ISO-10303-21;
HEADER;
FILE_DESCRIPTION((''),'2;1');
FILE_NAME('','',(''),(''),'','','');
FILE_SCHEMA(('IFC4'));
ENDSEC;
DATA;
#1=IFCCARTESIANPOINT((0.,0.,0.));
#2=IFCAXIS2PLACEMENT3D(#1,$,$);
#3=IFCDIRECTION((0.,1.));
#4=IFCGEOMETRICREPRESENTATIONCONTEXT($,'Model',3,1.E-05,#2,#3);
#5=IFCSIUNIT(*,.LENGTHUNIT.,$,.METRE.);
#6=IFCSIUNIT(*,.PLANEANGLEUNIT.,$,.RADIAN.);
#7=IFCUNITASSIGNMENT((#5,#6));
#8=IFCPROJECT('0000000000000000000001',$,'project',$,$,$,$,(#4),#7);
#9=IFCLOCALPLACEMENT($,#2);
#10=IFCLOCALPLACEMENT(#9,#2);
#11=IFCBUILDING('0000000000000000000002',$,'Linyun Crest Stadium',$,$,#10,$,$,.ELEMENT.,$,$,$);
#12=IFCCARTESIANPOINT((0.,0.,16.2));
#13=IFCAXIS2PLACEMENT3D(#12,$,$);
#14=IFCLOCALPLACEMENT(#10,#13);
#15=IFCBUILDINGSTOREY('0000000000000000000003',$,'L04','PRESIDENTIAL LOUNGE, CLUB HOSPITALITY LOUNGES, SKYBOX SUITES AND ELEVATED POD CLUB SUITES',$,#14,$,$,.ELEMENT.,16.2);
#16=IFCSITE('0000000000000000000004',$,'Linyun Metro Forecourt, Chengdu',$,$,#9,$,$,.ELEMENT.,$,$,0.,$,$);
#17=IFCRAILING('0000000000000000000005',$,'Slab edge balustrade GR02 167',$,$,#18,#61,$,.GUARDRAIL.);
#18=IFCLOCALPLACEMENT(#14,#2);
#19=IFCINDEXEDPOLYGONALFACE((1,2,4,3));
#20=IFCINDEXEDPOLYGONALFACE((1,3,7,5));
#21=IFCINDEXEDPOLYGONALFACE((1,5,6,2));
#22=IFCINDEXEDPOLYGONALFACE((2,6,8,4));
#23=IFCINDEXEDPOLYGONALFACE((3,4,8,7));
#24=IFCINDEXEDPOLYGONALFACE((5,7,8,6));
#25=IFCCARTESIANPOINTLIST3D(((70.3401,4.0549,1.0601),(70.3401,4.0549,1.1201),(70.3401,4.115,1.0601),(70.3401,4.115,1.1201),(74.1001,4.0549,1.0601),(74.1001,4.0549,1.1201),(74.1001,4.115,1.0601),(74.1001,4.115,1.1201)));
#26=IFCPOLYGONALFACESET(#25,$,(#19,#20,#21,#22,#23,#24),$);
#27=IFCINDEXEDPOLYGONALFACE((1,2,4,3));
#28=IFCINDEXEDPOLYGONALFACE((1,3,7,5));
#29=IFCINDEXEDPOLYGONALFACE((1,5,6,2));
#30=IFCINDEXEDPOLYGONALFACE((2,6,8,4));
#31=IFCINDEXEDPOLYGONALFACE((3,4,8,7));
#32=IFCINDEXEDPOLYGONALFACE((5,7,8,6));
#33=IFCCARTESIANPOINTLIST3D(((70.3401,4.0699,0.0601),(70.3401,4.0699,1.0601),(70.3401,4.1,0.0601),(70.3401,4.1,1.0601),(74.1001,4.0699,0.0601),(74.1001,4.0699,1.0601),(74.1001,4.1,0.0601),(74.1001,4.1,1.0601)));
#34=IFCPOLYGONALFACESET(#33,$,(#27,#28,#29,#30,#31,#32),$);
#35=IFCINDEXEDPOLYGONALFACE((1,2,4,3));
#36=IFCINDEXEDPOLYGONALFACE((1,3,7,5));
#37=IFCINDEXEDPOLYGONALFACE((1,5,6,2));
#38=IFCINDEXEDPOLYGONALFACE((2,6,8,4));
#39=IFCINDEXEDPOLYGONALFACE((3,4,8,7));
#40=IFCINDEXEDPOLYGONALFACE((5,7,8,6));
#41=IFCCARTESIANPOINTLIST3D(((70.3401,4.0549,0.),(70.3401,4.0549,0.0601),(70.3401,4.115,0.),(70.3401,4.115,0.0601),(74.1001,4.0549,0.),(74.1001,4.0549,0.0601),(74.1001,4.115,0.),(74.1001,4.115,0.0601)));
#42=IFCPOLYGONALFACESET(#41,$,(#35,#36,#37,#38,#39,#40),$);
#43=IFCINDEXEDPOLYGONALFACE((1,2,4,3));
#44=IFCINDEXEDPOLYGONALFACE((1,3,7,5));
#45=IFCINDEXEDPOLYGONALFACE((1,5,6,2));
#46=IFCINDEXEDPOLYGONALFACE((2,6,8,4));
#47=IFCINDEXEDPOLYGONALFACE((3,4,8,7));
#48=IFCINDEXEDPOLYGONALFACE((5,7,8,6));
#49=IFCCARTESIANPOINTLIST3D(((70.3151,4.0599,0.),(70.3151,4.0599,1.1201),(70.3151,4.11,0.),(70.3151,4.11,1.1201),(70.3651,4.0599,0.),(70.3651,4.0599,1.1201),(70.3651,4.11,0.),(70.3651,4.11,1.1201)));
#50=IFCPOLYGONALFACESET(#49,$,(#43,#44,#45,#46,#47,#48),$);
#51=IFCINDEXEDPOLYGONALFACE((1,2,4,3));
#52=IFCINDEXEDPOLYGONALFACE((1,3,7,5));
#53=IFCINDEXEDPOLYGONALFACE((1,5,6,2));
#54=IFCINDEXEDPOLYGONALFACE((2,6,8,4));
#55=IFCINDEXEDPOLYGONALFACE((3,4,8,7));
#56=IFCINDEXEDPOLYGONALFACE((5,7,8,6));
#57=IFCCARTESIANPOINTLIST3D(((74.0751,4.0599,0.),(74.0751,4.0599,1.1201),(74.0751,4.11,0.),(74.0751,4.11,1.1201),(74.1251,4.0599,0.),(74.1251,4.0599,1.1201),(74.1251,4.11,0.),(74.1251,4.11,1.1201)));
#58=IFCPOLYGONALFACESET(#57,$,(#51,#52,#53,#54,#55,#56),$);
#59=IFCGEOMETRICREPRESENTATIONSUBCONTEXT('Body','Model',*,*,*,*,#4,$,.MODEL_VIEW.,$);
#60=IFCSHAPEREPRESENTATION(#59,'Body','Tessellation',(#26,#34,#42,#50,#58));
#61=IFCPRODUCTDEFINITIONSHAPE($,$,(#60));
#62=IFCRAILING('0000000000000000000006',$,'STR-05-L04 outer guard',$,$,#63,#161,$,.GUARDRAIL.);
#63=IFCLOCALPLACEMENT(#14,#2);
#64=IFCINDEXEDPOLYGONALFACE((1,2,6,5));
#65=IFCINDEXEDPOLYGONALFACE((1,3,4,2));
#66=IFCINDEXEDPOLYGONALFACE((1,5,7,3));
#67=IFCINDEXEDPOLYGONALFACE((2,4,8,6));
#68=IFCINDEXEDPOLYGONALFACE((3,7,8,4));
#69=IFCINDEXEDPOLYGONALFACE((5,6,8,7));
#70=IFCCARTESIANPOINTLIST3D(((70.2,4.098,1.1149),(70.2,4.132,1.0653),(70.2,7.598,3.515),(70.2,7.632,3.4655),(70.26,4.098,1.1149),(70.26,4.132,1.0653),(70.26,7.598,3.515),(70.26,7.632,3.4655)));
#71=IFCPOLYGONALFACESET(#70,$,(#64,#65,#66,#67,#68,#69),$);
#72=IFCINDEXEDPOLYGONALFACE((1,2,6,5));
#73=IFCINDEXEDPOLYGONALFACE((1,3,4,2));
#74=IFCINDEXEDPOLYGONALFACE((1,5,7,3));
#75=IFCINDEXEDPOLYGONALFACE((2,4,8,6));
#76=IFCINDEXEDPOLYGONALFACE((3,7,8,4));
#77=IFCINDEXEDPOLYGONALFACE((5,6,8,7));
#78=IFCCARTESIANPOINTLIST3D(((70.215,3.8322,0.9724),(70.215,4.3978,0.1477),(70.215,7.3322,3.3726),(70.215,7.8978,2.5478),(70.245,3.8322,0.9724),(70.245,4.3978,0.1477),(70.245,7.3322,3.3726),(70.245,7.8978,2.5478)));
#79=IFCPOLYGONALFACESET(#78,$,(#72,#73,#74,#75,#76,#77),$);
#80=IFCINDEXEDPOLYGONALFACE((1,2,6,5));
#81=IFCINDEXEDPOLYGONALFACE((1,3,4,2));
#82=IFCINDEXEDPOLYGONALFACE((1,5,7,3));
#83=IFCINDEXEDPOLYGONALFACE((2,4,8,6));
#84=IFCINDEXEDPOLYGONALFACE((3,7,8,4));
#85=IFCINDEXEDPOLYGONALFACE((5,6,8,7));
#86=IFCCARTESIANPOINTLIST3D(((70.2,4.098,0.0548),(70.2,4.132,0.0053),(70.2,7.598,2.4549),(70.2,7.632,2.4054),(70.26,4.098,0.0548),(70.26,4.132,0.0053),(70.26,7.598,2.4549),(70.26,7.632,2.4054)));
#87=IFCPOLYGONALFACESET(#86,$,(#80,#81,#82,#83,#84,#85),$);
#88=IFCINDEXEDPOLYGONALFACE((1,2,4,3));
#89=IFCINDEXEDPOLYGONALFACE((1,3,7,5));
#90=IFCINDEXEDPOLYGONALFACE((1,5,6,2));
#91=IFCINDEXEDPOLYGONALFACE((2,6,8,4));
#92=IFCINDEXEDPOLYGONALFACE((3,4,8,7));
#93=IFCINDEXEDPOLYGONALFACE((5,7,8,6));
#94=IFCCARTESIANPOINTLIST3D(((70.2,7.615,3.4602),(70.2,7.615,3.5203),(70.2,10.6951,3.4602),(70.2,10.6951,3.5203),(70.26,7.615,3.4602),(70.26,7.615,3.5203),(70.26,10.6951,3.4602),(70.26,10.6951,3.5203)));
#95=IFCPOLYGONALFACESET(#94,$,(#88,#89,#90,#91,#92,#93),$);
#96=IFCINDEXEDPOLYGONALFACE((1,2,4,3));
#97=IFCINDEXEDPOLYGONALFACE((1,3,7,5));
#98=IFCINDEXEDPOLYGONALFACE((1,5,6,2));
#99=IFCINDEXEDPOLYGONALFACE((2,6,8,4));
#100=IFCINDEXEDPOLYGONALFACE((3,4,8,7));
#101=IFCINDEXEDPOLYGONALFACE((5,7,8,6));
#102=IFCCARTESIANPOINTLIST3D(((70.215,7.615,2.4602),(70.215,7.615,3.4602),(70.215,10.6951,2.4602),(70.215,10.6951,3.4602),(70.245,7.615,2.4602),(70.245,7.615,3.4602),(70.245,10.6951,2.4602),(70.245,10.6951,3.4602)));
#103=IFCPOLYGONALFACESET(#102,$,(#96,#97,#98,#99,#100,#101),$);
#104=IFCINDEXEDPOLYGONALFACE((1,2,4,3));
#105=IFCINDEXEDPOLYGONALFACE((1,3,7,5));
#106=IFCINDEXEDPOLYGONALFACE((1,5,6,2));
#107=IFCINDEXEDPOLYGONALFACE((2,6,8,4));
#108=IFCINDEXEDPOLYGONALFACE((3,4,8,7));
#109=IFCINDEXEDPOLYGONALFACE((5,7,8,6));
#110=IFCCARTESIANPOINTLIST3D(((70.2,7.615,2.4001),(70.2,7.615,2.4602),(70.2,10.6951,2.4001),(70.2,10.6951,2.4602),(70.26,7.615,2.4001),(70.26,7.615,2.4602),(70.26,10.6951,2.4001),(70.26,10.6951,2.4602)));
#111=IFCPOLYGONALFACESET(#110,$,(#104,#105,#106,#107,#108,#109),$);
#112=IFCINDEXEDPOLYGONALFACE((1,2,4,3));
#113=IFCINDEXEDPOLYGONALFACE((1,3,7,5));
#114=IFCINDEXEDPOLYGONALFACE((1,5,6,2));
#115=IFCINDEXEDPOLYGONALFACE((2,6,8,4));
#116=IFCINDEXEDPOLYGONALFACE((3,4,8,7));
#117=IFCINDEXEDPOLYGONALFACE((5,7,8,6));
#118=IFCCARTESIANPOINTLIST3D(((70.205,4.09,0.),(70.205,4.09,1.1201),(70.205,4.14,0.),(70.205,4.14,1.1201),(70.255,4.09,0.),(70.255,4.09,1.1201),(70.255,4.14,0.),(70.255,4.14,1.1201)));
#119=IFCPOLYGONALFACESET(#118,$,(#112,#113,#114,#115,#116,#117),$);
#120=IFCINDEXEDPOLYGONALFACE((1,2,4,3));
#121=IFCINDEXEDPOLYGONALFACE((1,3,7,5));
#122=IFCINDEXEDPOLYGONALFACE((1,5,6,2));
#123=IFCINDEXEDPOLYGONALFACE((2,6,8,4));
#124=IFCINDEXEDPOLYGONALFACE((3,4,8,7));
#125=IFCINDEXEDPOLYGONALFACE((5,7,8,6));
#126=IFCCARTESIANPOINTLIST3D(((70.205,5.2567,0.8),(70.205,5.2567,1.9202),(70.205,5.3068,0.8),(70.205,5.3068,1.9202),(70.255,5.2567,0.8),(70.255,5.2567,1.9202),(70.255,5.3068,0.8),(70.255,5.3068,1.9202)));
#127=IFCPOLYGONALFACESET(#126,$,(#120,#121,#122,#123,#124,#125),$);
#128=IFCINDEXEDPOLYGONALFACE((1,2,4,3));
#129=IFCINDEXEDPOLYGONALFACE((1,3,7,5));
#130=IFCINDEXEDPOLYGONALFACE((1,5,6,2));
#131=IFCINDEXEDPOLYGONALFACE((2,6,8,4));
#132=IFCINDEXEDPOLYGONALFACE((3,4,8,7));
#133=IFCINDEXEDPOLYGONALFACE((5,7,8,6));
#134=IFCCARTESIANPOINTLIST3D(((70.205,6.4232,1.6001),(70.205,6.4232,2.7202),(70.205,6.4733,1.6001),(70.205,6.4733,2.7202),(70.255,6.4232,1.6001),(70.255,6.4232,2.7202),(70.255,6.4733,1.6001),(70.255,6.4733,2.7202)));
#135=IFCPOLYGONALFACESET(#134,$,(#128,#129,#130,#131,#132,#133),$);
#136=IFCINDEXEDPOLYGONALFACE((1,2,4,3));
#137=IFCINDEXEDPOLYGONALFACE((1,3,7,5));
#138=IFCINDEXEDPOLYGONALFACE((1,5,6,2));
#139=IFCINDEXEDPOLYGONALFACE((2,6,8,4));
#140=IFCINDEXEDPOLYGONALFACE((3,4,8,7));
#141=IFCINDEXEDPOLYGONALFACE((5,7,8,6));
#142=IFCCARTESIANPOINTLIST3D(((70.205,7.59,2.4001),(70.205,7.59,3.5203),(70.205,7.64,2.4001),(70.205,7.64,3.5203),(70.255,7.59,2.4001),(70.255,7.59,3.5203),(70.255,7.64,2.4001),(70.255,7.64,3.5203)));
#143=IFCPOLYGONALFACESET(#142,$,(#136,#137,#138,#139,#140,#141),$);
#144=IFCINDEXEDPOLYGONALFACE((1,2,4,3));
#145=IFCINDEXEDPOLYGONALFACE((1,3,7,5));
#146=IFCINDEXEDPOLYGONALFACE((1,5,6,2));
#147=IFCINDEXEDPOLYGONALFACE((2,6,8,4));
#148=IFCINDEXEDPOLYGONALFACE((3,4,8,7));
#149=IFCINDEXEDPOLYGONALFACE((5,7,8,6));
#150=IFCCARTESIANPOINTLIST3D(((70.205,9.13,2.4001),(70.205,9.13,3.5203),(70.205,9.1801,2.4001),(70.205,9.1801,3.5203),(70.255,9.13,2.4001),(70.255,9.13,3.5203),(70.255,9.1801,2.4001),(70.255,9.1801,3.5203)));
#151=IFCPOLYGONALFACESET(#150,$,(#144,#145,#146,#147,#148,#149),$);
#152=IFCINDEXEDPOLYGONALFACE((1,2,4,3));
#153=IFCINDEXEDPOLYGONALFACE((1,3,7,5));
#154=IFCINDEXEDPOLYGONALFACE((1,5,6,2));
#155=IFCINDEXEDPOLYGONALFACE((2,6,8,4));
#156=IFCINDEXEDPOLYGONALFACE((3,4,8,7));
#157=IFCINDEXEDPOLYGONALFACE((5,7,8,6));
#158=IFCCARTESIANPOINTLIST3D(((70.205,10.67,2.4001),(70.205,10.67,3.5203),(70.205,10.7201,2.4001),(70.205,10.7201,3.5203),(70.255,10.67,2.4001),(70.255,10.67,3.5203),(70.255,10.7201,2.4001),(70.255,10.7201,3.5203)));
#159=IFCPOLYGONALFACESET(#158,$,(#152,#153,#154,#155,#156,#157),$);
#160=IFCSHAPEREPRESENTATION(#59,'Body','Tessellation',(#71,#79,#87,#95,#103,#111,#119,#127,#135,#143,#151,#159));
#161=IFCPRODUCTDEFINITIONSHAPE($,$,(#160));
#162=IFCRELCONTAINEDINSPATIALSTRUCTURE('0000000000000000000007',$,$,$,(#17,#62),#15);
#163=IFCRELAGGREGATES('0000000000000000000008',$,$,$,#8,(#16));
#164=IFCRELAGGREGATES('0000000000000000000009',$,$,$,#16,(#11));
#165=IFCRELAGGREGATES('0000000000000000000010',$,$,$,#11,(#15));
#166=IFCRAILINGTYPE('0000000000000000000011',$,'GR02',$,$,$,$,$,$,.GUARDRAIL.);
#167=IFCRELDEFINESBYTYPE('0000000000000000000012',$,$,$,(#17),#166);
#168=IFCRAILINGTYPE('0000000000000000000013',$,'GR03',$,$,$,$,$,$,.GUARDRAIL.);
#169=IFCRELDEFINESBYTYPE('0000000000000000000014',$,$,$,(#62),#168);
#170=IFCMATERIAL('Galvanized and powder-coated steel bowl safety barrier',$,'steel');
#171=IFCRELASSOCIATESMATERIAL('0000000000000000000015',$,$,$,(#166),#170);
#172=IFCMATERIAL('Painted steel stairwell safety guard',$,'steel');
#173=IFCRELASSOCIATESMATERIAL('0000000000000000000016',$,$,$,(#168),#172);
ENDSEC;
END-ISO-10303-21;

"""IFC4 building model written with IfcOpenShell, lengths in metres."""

from ifc_helpers import new_model, si_unit, direction, frame, origin, origin_2d, place, context, subcontext, project, spatial, rectangle, extrude, material, type_object, element, save


model = new_model("IFC4")

# Units and contexts
model_context = context("Model", 3, precision=1e-05, world=origin(), true_north=direction((0.0, 1.0)))
body_context = subcontext(model_context, "Body", "Model", "MODEL_VIEW")
ifc_project = project(units=[si_unit("LENGTHUNIT", "METRE"), si_unit("PLANEANGLEUNIT", "RADIAN")], contexts=[model_context])

# Site, building, storey
site_placement = place(None, origin())
site = spatial("IfcSite", under=ifc_project, at=site_placement, Name="Linyun Metro Forecourt, Chengdu", CompositionType="ELEMENT", RefElevation=0.0)
building_placement = place(site_placement, origin())
building = spatial("IfcBuilding", under=site, at=building_placement, Name="Linyun Crest Stadium", CompositionType="ELEMENT")
storey_placement = place(building_placement, frame((0.0, 0.0, 16.2)))
storey = spatial("IfcBuildingStorey", under=building, at=storey_placement, Name="L04", Description="PRESIDENTIAL LOUNGE, CLUB HOSPITALITY LOUNGES, SKYBOX SUITES AND ELEVATED POD CLUB SUITES", CompositionType="ELEMENT", Elevation=16.2)

# Railings
ifc_material_1 = material(Name="Galvanized and powder-coated steel bowl safety barrier", Category="steel")
railing_type_1 = type_object("IfcRailingType", Name="GR02", PredefinedType="GUARDRAIL", material=ifc_material_1)
railing_1_placement = place(storey_placement, frame((70.3401, 4.085, 0.0)))
element("IfcRailing", 1, at=railing_1_placement, inside=storey, type_object=railing_type_1, Name="Slab edge balustrade GR02 167", PredefinedType="GUARDRAIL", context=body_context, shape_type="SweptSolid", body=[
    extrude(rectangle(XDim=0.0601, YDim=0.0601, at=origin_2d()), frame((0.0, 0.0, 1.0901), z_axis=(1.0, 0.0, 0.0), x_axis=(0.0, 1.0, 0.0)), (0.0, 0.0, 1.0), 3.76),
    extrude(rectangle(XDim=0.03, YDim=1.0, at=origin_2d()), frame((0.0, 0.0, 0.5601), z_axis=(1.0, 0.0, 0.0), x_axis=(0.0, 1.0, 0.0)), (0.0, 0.0, 1.0), 3.76),
    extrude(rectangle(XDim=0.0601, YDim=0.0601, at=origin_2d()), frame((0.0, 0.0, 0.03), z_axis=(1.0, 0.0, 0.0), x_axis=(0.0, 1.0, 0.0)), (0.0, 0.0, 1.0), 3.76),
    extrude(rectangle(XDim=0.05, YDim=0.05, at=origin_2d()), origin(), (0.0, 0.0, 1.0), 1.1201),
    extrude(rectangle(XDim=0.05, YDim=0.05, at=origin_2d()), frame((3.76, 0.0, 0.0)), (0.0, 0.0, 1.0), 1.1201),
])
ifc_material_2 = material(Name="Painted steel stairwell safety guard", Category="steel")
railing_type_2 = type_object("IfcRailingType", Name="GR03", PredefinedType="GUARDRAIL", material=ifc_material_2)
railing_2_placement = place(storey_placement, frame((70.23, 4.115, 0.0)))
element("IfcRailing", 2, at=railing_2_placement, inside=storey, type_object=railing_type_2, Name="STR-05-L04 outer guard", PredefinedType="GUARDRAIL", context=body_context, shape_type="SweptSolid", body=[
    extrude(rectangle(XDim=0.0601, YDim=0.0601, at=origin_2d()), frame((0.0, 0.0, 1.0901), z_axis=(0.0, 0.824713, 0.565552), x_axis=(-1.0, 0.0, 0.0)), (0.0, 0.0, 1.0), 4.2439),
    extrude(rectangle(XDim=0.03, YDim=1.0, at=origin_2d()), frame((0.0, 0.0, 0.5601), z_axis=(0.0, 0.824713, 0.565552), x_axis=(-1.0, 0.0, 0.0)), (0.0, 0.0, 1.0), 4.2439),
    extrude(rectangle(XDim=0.0601, YDim=0.0601, at=origin_2d()), frame((0.0, 0.0, 0.03), z_axis=(0.0, 0.824713, 0.565552), x_axis=(-1.0, 0.0, 0.0)), (0.0, 0.0, 1.0), 4.2439),
    extrude(rectangle(XDim=0.0601, YDim=0.0601, at=origin_2d()), frame((0.0, 3.5, 3.4902), z_axis=(0.0, 1.0, 0.0), x_axis=(-1.0, 0.0, 0.0)), (0.0, 0.0, 1.0), 3.0801),
    extrude(rectangle(XDim=0.03, YDim=1.0, at=origin_2d()), frame((0.0, 3.5, 2.9602), z_axis=(0.0, 1.0, 0.0), x_axis=(-1.0, 0.0, 0.0)), (0.0, 0.0, 1.0), 3.0801),
    extrude(rectangle(XDim=0.0601, YDim=0.0601, at=origin_2d()), frame((0.0, 3.5, 2.4302), z_axis=(0.0, 1.0, 0.0), x_axis=(-1.0, 0.0, 0.0)), (0.0, 0.0, 1.0), 3.0801),
    extrude(rectangle(XDim=0.05, YDim=0.05, at=origin_2d()), origin(), (0.0, 0.0, 1.0), 1.1201),
    extrude(rectangle(XDim=0.05, YDim=0.05, at=origin_2d()), frame((0.0, 1.1667, 0.8)), (0.0, 0.0, 1.0), 1.1201),
    extrude(rectangle(XDim=0.05, YDim=0.05, at=origin_2d()), frame((0.0, 2.3333, 1.6001)), (0.0, 0.0, 1.0), 1.1201),
    extrude(rectangle(XDim=0.05, YDim=0.05, at=origin_2d()), frame((0.0, 3.5, 2.4001)), (0.0, 0.0, 1.0), 1.1201),
    extrude(rectangle(XDim=0.05, YDim=0.05, at=origin_2d()), frame((0.0, 5.04, 2.4001)), (0.0, 0.0, 1.0), 1.1201),
    extrude(rectangle(XDim=0.05, YDim=0.05, at=origin_2d()), frame((0.0, 6.5801, 2.4001)), (0.0, 0.0, 1.0), 1.1201),
])

save(model, "model.ifc")
